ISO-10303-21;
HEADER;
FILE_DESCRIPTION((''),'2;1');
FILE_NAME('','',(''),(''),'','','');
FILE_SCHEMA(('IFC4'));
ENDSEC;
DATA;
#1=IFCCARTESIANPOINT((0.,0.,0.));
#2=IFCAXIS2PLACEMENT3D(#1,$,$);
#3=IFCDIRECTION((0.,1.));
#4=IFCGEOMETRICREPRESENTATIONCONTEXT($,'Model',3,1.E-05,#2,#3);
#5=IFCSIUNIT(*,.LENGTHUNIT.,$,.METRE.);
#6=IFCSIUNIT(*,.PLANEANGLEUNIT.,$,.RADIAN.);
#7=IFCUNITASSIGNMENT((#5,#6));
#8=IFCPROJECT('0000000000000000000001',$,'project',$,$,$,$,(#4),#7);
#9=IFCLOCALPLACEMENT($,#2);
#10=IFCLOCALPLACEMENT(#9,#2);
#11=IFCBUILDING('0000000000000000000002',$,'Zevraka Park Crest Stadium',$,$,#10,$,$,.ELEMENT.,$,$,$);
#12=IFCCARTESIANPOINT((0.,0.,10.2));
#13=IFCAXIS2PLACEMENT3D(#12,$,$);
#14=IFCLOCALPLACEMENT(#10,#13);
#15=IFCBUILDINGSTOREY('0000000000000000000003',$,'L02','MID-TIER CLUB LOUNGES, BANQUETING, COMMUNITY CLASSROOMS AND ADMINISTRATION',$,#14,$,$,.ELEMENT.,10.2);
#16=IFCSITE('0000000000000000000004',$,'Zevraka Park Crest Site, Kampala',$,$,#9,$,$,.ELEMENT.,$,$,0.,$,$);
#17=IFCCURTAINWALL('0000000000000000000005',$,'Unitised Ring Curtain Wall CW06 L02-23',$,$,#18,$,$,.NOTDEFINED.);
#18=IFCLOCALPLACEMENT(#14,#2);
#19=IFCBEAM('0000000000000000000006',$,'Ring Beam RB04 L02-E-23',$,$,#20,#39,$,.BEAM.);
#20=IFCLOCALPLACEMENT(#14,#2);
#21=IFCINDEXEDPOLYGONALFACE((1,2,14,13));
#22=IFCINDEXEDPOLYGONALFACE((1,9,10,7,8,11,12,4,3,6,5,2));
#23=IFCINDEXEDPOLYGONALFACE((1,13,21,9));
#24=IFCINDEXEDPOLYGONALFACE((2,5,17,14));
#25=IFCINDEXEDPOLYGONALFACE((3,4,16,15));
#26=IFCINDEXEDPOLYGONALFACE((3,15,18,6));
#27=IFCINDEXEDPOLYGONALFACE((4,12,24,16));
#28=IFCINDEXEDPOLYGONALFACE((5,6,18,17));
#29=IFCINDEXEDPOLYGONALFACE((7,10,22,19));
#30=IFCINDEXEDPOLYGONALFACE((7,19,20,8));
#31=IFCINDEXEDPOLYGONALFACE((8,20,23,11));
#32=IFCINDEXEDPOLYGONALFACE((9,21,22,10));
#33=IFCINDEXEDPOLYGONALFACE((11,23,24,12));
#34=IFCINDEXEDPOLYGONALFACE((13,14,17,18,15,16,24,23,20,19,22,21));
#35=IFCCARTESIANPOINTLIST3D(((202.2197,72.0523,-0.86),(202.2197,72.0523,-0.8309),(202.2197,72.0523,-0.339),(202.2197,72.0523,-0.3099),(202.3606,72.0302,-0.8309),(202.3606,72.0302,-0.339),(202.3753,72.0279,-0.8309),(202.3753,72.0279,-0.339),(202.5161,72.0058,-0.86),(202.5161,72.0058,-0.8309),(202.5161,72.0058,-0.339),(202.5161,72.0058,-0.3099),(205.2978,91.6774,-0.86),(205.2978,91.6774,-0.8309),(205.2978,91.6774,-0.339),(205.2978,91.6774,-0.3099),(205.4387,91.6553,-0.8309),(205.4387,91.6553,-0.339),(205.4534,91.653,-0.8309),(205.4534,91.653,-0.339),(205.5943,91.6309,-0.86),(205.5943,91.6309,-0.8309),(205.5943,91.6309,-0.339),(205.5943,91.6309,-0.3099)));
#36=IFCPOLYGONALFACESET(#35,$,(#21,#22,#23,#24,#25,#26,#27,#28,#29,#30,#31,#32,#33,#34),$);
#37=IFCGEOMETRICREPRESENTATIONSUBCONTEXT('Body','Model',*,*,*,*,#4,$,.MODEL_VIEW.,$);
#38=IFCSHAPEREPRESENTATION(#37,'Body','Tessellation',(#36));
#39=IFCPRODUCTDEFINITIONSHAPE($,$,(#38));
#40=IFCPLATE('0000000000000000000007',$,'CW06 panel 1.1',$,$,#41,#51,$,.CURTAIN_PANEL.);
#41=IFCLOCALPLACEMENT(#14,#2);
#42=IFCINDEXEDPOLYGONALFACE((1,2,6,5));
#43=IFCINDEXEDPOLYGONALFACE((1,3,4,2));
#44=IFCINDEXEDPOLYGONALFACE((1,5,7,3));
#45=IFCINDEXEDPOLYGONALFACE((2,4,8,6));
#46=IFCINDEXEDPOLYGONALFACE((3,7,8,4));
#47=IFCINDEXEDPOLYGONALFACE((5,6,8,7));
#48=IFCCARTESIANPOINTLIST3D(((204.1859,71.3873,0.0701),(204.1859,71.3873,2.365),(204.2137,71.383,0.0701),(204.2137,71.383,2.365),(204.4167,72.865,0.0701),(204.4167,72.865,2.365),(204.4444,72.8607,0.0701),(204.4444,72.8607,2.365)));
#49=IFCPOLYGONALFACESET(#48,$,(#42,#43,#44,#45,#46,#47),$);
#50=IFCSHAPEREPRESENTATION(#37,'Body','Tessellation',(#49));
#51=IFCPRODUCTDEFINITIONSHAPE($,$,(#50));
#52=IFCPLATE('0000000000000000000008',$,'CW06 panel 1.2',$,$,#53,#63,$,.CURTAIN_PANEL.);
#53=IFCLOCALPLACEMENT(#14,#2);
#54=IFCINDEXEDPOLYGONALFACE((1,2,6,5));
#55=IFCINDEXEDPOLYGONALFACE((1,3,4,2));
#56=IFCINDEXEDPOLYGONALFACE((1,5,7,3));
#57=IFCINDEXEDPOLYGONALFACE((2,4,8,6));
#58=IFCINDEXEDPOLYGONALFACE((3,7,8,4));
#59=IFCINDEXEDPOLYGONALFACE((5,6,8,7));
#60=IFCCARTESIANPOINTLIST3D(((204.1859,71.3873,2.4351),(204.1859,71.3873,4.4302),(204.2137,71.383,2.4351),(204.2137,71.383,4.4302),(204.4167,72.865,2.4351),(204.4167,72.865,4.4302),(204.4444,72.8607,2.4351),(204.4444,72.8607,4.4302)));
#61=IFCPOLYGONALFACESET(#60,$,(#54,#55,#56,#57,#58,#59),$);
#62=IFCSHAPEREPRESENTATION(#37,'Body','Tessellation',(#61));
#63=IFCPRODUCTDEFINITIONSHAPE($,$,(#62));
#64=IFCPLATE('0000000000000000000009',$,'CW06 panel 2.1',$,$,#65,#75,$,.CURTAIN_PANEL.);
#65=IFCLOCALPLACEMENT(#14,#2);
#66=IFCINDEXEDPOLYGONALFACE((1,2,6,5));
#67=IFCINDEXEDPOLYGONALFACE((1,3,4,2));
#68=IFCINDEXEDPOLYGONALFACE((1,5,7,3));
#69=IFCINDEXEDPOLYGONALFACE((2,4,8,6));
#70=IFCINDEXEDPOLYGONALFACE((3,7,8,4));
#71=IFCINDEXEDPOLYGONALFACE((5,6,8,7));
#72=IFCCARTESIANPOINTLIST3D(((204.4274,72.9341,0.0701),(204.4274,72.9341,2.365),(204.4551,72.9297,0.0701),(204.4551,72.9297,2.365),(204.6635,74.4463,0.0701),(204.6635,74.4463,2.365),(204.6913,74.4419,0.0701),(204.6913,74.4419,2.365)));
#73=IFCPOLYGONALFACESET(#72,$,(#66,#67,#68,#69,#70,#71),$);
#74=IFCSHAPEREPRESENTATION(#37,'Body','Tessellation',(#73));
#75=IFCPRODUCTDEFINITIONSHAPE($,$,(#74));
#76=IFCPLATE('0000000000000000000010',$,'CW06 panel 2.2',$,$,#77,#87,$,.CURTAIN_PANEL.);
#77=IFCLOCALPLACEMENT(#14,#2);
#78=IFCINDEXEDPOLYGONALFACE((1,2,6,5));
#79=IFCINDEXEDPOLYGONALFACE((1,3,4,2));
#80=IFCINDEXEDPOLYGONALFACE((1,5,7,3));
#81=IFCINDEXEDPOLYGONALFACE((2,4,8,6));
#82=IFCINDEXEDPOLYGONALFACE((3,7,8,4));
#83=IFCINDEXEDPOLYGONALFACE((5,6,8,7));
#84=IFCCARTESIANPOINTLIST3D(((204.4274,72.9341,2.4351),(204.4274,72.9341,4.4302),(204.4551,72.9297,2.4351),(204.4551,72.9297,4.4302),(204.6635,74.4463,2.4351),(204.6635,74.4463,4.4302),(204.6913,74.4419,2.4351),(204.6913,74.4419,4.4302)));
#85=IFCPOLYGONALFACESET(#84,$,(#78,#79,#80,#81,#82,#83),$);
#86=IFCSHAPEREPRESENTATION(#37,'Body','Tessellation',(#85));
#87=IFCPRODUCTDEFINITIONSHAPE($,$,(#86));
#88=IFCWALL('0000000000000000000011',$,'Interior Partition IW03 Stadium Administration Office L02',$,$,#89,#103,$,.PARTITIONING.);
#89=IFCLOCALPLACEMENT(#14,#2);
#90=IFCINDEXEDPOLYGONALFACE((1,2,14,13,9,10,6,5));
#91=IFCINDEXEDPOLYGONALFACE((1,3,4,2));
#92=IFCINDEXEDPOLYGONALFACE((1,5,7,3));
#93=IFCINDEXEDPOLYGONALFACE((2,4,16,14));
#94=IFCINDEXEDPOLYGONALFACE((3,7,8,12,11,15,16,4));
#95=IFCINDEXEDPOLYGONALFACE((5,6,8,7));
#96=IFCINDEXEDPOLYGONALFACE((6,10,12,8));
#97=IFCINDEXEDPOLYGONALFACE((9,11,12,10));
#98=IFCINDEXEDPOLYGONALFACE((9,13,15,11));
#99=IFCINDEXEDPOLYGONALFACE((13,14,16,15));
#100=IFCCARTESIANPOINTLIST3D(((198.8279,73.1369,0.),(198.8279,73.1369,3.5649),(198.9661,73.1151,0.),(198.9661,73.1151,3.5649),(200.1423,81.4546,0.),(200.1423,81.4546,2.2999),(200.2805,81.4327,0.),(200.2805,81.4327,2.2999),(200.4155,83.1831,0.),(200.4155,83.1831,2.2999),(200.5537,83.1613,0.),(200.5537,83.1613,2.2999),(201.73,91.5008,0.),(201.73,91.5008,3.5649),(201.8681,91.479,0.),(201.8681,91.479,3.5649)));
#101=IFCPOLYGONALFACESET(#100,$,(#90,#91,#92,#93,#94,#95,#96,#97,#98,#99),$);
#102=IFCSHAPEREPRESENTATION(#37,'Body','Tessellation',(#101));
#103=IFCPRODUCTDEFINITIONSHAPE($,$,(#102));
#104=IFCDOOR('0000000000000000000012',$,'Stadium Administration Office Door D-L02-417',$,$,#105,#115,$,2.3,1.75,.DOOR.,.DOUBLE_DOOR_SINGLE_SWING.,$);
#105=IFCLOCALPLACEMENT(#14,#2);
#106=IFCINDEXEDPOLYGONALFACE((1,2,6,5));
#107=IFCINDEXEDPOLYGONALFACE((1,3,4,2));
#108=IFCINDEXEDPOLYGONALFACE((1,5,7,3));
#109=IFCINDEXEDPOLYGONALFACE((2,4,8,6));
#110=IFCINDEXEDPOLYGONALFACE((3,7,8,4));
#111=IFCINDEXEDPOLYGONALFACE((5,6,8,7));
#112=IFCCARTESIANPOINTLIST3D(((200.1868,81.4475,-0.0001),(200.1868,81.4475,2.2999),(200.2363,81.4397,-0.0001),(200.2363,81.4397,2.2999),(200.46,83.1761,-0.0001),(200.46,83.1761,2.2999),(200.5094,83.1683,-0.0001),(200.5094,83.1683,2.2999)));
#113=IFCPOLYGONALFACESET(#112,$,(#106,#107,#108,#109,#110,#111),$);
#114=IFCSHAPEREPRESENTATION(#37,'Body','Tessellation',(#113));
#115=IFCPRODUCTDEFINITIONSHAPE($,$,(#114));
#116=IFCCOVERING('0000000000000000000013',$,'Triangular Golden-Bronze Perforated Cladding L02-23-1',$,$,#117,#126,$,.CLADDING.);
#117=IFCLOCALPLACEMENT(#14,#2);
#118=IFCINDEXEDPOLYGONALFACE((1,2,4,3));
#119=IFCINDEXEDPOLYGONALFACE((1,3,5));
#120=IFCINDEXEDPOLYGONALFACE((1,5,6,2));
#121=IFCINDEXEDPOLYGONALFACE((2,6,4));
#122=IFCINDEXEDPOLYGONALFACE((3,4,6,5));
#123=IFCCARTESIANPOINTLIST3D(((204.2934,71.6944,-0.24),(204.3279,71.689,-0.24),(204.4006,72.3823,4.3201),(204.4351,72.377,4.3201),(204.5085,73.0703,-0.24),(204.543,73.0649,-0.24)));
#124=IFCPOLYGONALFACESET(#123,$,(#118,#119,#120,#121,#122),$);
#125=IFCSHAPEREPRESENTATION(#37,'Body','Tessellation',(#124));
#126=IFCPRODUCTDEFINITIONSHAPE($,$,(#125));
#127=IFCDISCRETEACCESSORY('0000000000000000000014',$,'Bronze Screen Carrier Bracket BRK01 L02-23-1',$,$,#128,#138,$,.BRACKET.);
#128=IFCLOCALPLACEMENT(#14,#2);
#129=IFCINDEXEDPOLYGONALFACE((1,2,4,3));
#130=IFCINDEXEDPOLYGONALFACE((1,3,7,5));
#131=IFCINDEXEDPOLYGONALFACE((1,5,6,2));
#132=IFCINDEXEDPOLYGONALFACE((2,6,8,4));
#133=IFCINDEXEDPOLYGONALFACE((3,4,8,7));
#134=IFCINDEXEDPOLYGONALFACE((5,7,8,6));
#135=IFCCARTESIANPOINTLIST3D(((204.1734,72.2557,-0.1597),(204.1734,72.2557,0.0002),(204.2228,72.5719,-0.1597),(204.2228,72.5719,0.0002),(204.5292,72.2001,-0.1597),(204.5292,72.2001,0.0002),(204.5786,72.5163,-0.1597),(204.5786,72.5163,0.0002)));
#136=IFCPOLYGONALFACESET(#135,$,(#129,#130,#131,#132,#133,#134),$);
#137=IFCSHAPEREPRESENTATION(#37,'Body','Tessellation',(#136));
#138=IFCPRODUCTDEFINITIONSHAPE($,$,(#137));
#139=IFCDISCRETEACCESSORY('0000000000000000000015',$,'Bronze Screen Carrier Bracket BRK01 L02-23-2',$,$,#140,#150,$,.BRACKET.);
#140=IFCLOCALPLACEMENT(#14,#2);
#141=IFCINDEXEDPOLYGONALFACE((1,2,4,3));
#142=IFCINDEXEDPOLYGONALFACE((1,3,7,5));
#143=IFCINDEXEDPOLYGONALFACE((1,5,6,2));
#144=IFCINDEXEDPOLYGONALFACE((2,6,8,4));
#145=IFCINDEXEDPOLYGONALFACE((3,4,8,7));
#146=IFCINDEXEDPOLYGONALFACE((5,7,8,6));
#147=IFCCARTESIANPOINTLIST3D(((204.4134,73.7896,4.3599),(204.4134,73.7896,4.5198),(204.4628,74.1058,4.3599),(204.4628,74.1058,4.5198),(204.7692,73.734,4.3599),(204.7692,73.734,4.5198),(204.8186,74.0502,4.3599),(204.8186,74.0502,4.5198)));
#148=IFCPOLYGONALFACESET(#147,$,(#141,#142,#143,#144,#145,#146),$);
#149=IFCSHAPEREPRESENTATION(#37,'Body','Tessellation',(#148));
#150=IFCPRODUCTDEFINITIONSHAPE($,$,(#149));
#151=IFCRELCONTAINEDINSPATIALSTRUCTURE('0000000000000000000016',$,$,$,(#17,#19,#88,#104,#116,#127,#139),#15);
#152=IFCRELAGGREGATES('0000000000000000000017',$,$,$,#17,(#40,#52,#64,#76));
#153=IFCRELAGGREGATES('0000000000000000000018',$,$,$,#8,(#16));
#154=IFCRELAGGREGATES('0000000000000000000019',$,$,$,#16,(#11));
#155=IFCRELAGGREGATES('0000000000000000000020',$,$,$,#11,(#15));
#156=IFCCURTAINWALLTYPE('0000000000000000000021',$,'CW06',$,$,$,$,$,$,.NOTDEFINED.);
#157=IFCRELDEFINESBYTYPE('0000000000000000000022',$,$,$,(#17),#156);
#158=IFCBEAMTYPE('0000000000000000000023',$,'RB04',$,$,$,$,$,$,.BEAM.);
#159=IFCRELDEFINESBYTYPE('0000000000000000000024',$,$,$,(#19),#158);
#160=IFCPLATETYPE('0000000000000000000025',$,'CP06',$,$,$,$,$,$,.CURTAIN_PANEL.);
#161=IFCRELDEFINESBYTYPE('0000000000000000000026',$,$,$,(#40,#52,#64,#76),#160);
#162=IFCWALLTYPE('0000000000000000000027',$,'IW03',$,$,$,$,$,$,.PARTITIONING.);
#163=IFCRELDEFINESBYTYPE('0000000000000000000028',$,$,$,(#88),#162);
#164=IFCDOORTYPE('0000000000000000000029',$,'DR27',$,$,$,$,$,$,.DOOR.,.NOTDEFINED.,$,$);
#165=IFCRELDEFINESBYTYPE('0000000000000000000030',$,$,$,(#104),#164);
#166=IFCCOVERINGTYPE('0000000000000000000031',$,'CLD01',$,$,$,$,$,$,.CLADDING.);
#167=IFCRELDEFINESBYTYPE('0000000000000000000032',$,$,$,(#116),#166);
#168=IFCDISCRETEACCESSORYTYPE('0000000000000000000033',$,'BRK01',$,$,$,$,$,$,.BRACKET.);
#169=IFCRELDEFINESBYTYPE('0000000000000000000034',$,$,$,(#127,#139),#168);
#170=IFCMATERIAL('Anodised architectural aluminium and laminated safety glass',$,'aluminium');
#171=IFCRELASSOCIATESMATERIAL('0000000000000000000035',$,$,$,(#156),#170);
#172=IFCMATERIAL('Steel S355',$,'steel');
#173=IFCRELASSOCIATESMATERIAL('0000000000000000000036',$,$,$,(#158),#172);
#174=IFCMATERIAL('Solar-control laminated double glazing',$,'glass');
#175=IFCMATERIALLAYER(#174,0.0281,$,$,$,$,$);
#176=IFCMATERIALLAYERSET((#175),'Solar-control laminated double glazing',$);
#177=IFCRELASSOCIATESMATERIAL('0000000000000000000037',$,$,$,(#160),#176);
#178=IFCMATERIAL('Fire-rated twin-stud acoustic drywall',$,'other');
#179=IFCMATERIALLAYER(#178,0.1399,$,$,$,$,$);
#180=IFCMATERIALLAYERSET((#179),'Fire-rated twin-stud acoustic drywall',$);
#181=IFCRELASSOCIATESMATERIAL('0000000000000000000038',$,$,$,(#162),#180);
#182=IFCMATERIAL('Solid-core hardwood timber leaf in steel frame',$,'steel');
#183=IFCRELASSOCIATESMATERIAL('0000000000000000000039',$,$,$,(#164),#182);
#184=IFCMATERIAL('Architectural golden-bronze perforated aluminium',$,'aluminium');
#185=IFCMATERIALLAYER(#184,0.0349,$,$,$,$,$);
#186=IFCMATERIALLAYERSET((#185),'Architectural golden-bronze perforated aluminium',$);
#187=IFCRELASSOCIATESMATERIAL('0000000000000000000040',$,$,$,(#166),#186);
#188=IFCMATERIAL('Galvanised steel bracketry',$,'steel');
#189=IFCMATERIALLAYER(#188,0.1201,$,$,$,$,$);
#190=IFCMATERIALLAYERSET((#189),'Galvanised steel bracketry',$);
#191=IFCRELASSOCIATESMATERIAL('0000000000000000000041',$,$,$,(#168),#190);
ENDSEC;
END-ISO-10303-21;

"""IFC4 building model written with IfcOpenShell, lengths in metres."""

from ifc_helpers import new_model, si_unit, direction, frame, frame_2d, origin, origin_2d, place, context, subcontext, project, spatial, polyline, rectangle, i_section, outline, extrude, material, layer, layer_set, material_profile, profile_set, type_object, element, fill, aggregate, save


model = new_model("IFC4")

# Units and contexts
model_context = context("Model", 3, precision=1e-05, world=origin(), true_north=direction((0.0, 1.0)))
body_context = subcontext(model_context, "Body", "Model", "MODEL_VIEW")
ifc_project = project(units=[si_unit("LENGTHUNIT", "METRE"), si_unit("PLANEANGLEUNIT", "RADIAN")], contexts=[model_context])

# Site, building, storey
site_placement = place(None, origin())
site = spatial("IfcSite", under=ifc_project, at=site_placement, Name="Zevraka Park Crest Site, Kampala", CompositionType="ELEMENT", RefElevation=0.0)
building_placement = place(site_placement, origin())
building = spatial("IfcBuilding", under=site, at=building_placement, Name="Zevraka Park Crest Stadium", CompositionType="ELEMENT")
storey_placement = place(building_placement, frame((0.0, 0.0, 10.2)))
storey = spatial("IfcBuildingStorey", under=building, at=storey_placement, Name="L02", Description="MID-TIER CLUB LOUNGES, BANQUETING, COMMUNITY CLASSROOMS AND ADMINISTRATION", CompositionType="ELEMENT", Elevation=10.2)

# Curtain wall
ifc_material_1 = material(Name="Anodised architectural aluminium and laminated safety glass", Category="aluminium")
curtain_wall_type = type_object("IfcCurtainWallType", Name="CW06", PredefinedType="NOTDEFINED", material=ifc_material_1)
curtain_wall_placement = place(storey_placement, origin())
curtain_wall = element("IfcCurtainWall", 1, at=curtain_wall_placement, inside=storey, type_object=curtain_wall_type, Name="Unitised Ring Curtain Wall CW06 L02-23", PredefinedType="NOTDEFINED")

# Beam
ifc_material_2 = material(Name="Steel S355", Category="steel")
ifc_material_profile_1 = material_profile(ifc_material_2, i_section(OverallWidth=0.3, OverallDepth=0.55, WebThickness=0.0149, FlangeThickness=0.0291, at=origin_2d()), Name="HEB 550")
ifc_profile_set_1 = profile_set([ifc_material_profile_1], Name="Steel S355")
beam_type_1 = type_object("IfcBeamType", Name="RB04", PredefinedType="BEAM", material=ifc_profile_set_1)
beam_1_placement = place(storey_placement, frame((202.3679, 72.0291, -0.585), z_axis=(0.154953, 0.987922, 0.0), x_axis=(-0.987922, 0.154953, 0.0)))
element("IfcBeam", 2, at=beam_1_placement, inside=storey, type_object=beam_type_1, Name="Ring Beam RB04 L02-E-23", PredefinedType="BEAM", context=body_context, shape_type="SweptSolid", body=[
    extrude(i_section(OverallWidth=0.3, OverallDepth=0.55, WebThickness=0.0149, FlangeThickness=0.0291, at=origin_2d()), origin(), (0.0, 0.0, 1.0), 19.865),
])

# Plates
ifc_material_3 = material(Name="Solar-control laminated double glazing", Category="glass")
ifc_layer_1 = layer(ifc_material_3, 0.0281)
ifc_layer_set_1 = layer_set([ifc_layer_1], Name="Solar-control laminated double glazing")
plate_type = type_object("IfcPlateType", Name="CP06", PredefinedType="CURTAIN_PANEL", material=ifc_layer_set_1)
plate_1_placement = place(storey_placement, frame((204.3152, 72.124, 0.0701), z_axis=(0.0, 0.0, 1.0), x_axis=(0.154274, 0.988028, 0.0)))
plate_1 = element("IfcPlate", 3, at=plate_1_placement, type_object=plate_type, Name="CW06 panel 1.1", PredefinedType="CURTAIN_PANEL", context=body_context, shape_type="SweptSolid", body=[
    extrude(rectangle(XDim=1.4956, YDim=0.0281, at=origin_2d()), origin(), (0.0, 0.0, 1.0), 2.2949),
])
plate_2_placement = place(storey_placement, frame((204.3152, 72.124, 2.4351), z_axis=(0.0, 0.0, 1.0), x_axis=(0.154274, 0.988028, 0.0)))
plate_2 = element("IfcPlate", 4, at=plate_2_placement, type_object=plate_type, Name="CW06 panel 1.2", PredefinedType="CURTAIN_PANEL", context=body_context, shape_type="SweptSolid", body=[
    extrude(rectangle(XDim=1.4956, YDim=0.0281, at=origin_2d()), origin(), (0.0, 0.0, 1.0), 1.9951),
])
plate_3_placement = place(storey_placement, frame((204.5593, 73.688, 0.0701), z_axis=(0.0, 0.0, 1.0), x_axis=(0.154274, 0.988028, 0.0)))
plate_3 = element("IfcPlate", 5, at=plate_3_placement, type_object=plate_type, Name="CW06 panel 2.1", PredefinedType="CURTAIN_PANEL", context=body_context, shape_type="SweptSolid", body=[
    extrude(rectangle(XDim=1.5305, YDim=0.0281, at=origin_2d()), origin(), (0.0, 0.0, 1.0), 2.2949),
])
plate_4_placement = place(storey_placement, frame((204.5593, 73.688, 2.4351), z_axis=(0.0, 0.0, 1.0), x_axis=(0.154274, 0.988028, 0.0)))
plate_4 = element("IfcPlate", 6, at=plate_4_placement, type_object=plate_type, Name="CW06 panel 2.2", PredefinedType="CURTAIN_PANEL", context=body_context, shape_type="SweptSolid", body=[
    extrude(rectangle(XDim=1.5305, YDim=0.0281, at=origin_2d()), origin(), (0.0, 0.0, 1.0), 1.9951),
])
aggregate(curtain_wall, [plate_1, plate_2, plate_3, plate_4])

# Wall, opening, door
ifc_material_4 = material(Name="Fire-rated twin-stud acoustic drywall", Category="other")
ifc_layer_2 = layer(ifc_material_4, 0.1399)
ifc_layer_set_2 = layer_set([ifc_layer_2], Name="Fire-rated twin-stud acoustic drywall")
wall_type = type_object("IfcWallType", Name="IW03", PredefinedType="PARTITIONING", material=ifc_layer_set_2)
wall_placement = place(storey_placement, frame((198.897, 73.126, 0.0), z_axis=(0.0, 0.0, 1.0), x_axis=(0.156095, 0.987742, 0.0)))
wall = element("IfcWall", 7, at=wall_placement, inside=storey, type_object=wall_type, Name="Interior Partition IW03 Stadium Administration Office L02", PredefinedType="PARTITIONING", context=body_context, shape_type="SweptSolid", body=[
    extrude(rectangle(XDim=18.5918, YDim=0.1399, at=frame_2d((9.2959, 0.0))), origin(), (0.0, 0.0, 1.0), 3.5649),
])
opening_placement = place(wall_placement, frame((8.4209, 0.0, 0.0)))
opening = element("IfcOpeningElement", 8, at=opening_placement, cuts=wall, PredefinedType="OPENING", context=body_context, shape_type="SweptSolid", body=[
    extrude(rectangle(XDim=1.75, YDim=2.3, at=frame_2d((0.875, 1.1499))), frame((0.0, 0.0798, 0.0), z_axis=(0.0, -1.0, 0.0), x_axis=(1.0, 0.0, 0.0)), (0.0, 0.0, 1.0), 0.1599),
])
ifc_material_5 = material(Name="Solid-core hardwood timber leaf in steel frame", Category="steel")
door_type = type_object("IfcDoorType", Name="DR27", OperationType="NOTDEFINED", PredefinedType="DOOR", material=ifc_material_5)
door_placement = place(opening_placement, origin())
door = element("IfcDoor", 9, at=door_placement, inside=storey, type_object=door_type, Name="Stadium Administration Office Door D-L02-417", OperationType="DOUBLE_DOOR_SINGLE_SWING", OverallHeight=2.3, OverallWidth=1.75, PredefinedType="DOOR", context=body_context, shape_type="SweptSolid", body=[
    extrude(rectangle(XDim=1.75, YDim=2.3, at=frame_2d((0.875, 1.1499))), frame((0.0, 0.0249, 0.0), z_axis=(0.0, -1.0, 0.0), x_axis=(1.0, 0.0, 0.0)), (0.0, 0.0, 1.0), 0.05),
])
fill(opening, door)

# Covering
ifc_material_6 = material(Name="Architectural golden-bronze perforated aluminium", Category="aluminium")
ifc_layer_3 = layer(ifc_material_6, 0.0349)
ifc_layer_set_3 = layer_set([ifc_layer_3], Name="Architectural golden-bronze perforated aluminium")
covering_type = type_object("IfcCoveringType", Name="CLD01", PredefinedType="CLADDING", material=ifc_layer_set_3)
covering_placement = place(storey_placement, frame((204.3279, 71.689, -0.24), z_axis=(0.988002, -0.154441, 0.000079), x_axis=(0.154441, 0.988002, 0.0)))
element("IfcCovering", 10, at=covering_placement, inside=storey, type_object=covering_type, Name="Triangular Golden-Bronze Perforated Cladding L02-23-1", PredefinedType="CLADDING", context=body_context, shape_type="SweptSolid", body=[
    extrude(outline(polyline([(0.0, 0.0), (1.3927, 0.0), (0.6963, 4.5601), (0.0, 0.0)])), origin(), (0.0, 0.0, -1.0), 0.0349),
])

# Discrete accessories
ifc_material_7 = material(Name="Galvanised steel bracketry", Category="steel")
ifc_layer_4 = layer(ifc_material_7, 0.1201)
ifc_layer_set_4 = layer_set([ifc_layer_4], Name="Galvanised steel bracketry")
discrete_accessory_type = type_object("IfcDiscreteAccessoryType", Name="BRK01", PredefinedType="BRACKET", material=ifc_layer_set_4)
for number, where, z_axis, x_axis, name in (
    (11, (204.376, 72.386, -0.1597), (0.0, 0.0, 1.0), (0.154366, 0.988014, 0.0), "Bronze Screen Carrier Bracket BRK01 L02-23-1"),
    (12, (204.616, 73.9199, 4.3599), (0.0, 0.0, 1.0), (0.154366, 0.988014, 0.0), "Bronze Screen Carrier Bracket BRK01 L02-23-2"),
):
    element("IfcDiscreteAccessory", number, at=place(storey_placement, frame(where, z_axis=z_axis, x_axis=x_axis)), inside=storey, type_object=discrete_accessory_type, Name=name, PredefinedType="BRACKET", context=body_context, shape_type="SweptSolid", body=[
        extrude(rectangle(XDim=0.3201, YDim=0.3601, at=origin_2d()), origin(), (0.0, 0.0, 1.0), 0.1599),
    ])

save(model, "model.ifc")
